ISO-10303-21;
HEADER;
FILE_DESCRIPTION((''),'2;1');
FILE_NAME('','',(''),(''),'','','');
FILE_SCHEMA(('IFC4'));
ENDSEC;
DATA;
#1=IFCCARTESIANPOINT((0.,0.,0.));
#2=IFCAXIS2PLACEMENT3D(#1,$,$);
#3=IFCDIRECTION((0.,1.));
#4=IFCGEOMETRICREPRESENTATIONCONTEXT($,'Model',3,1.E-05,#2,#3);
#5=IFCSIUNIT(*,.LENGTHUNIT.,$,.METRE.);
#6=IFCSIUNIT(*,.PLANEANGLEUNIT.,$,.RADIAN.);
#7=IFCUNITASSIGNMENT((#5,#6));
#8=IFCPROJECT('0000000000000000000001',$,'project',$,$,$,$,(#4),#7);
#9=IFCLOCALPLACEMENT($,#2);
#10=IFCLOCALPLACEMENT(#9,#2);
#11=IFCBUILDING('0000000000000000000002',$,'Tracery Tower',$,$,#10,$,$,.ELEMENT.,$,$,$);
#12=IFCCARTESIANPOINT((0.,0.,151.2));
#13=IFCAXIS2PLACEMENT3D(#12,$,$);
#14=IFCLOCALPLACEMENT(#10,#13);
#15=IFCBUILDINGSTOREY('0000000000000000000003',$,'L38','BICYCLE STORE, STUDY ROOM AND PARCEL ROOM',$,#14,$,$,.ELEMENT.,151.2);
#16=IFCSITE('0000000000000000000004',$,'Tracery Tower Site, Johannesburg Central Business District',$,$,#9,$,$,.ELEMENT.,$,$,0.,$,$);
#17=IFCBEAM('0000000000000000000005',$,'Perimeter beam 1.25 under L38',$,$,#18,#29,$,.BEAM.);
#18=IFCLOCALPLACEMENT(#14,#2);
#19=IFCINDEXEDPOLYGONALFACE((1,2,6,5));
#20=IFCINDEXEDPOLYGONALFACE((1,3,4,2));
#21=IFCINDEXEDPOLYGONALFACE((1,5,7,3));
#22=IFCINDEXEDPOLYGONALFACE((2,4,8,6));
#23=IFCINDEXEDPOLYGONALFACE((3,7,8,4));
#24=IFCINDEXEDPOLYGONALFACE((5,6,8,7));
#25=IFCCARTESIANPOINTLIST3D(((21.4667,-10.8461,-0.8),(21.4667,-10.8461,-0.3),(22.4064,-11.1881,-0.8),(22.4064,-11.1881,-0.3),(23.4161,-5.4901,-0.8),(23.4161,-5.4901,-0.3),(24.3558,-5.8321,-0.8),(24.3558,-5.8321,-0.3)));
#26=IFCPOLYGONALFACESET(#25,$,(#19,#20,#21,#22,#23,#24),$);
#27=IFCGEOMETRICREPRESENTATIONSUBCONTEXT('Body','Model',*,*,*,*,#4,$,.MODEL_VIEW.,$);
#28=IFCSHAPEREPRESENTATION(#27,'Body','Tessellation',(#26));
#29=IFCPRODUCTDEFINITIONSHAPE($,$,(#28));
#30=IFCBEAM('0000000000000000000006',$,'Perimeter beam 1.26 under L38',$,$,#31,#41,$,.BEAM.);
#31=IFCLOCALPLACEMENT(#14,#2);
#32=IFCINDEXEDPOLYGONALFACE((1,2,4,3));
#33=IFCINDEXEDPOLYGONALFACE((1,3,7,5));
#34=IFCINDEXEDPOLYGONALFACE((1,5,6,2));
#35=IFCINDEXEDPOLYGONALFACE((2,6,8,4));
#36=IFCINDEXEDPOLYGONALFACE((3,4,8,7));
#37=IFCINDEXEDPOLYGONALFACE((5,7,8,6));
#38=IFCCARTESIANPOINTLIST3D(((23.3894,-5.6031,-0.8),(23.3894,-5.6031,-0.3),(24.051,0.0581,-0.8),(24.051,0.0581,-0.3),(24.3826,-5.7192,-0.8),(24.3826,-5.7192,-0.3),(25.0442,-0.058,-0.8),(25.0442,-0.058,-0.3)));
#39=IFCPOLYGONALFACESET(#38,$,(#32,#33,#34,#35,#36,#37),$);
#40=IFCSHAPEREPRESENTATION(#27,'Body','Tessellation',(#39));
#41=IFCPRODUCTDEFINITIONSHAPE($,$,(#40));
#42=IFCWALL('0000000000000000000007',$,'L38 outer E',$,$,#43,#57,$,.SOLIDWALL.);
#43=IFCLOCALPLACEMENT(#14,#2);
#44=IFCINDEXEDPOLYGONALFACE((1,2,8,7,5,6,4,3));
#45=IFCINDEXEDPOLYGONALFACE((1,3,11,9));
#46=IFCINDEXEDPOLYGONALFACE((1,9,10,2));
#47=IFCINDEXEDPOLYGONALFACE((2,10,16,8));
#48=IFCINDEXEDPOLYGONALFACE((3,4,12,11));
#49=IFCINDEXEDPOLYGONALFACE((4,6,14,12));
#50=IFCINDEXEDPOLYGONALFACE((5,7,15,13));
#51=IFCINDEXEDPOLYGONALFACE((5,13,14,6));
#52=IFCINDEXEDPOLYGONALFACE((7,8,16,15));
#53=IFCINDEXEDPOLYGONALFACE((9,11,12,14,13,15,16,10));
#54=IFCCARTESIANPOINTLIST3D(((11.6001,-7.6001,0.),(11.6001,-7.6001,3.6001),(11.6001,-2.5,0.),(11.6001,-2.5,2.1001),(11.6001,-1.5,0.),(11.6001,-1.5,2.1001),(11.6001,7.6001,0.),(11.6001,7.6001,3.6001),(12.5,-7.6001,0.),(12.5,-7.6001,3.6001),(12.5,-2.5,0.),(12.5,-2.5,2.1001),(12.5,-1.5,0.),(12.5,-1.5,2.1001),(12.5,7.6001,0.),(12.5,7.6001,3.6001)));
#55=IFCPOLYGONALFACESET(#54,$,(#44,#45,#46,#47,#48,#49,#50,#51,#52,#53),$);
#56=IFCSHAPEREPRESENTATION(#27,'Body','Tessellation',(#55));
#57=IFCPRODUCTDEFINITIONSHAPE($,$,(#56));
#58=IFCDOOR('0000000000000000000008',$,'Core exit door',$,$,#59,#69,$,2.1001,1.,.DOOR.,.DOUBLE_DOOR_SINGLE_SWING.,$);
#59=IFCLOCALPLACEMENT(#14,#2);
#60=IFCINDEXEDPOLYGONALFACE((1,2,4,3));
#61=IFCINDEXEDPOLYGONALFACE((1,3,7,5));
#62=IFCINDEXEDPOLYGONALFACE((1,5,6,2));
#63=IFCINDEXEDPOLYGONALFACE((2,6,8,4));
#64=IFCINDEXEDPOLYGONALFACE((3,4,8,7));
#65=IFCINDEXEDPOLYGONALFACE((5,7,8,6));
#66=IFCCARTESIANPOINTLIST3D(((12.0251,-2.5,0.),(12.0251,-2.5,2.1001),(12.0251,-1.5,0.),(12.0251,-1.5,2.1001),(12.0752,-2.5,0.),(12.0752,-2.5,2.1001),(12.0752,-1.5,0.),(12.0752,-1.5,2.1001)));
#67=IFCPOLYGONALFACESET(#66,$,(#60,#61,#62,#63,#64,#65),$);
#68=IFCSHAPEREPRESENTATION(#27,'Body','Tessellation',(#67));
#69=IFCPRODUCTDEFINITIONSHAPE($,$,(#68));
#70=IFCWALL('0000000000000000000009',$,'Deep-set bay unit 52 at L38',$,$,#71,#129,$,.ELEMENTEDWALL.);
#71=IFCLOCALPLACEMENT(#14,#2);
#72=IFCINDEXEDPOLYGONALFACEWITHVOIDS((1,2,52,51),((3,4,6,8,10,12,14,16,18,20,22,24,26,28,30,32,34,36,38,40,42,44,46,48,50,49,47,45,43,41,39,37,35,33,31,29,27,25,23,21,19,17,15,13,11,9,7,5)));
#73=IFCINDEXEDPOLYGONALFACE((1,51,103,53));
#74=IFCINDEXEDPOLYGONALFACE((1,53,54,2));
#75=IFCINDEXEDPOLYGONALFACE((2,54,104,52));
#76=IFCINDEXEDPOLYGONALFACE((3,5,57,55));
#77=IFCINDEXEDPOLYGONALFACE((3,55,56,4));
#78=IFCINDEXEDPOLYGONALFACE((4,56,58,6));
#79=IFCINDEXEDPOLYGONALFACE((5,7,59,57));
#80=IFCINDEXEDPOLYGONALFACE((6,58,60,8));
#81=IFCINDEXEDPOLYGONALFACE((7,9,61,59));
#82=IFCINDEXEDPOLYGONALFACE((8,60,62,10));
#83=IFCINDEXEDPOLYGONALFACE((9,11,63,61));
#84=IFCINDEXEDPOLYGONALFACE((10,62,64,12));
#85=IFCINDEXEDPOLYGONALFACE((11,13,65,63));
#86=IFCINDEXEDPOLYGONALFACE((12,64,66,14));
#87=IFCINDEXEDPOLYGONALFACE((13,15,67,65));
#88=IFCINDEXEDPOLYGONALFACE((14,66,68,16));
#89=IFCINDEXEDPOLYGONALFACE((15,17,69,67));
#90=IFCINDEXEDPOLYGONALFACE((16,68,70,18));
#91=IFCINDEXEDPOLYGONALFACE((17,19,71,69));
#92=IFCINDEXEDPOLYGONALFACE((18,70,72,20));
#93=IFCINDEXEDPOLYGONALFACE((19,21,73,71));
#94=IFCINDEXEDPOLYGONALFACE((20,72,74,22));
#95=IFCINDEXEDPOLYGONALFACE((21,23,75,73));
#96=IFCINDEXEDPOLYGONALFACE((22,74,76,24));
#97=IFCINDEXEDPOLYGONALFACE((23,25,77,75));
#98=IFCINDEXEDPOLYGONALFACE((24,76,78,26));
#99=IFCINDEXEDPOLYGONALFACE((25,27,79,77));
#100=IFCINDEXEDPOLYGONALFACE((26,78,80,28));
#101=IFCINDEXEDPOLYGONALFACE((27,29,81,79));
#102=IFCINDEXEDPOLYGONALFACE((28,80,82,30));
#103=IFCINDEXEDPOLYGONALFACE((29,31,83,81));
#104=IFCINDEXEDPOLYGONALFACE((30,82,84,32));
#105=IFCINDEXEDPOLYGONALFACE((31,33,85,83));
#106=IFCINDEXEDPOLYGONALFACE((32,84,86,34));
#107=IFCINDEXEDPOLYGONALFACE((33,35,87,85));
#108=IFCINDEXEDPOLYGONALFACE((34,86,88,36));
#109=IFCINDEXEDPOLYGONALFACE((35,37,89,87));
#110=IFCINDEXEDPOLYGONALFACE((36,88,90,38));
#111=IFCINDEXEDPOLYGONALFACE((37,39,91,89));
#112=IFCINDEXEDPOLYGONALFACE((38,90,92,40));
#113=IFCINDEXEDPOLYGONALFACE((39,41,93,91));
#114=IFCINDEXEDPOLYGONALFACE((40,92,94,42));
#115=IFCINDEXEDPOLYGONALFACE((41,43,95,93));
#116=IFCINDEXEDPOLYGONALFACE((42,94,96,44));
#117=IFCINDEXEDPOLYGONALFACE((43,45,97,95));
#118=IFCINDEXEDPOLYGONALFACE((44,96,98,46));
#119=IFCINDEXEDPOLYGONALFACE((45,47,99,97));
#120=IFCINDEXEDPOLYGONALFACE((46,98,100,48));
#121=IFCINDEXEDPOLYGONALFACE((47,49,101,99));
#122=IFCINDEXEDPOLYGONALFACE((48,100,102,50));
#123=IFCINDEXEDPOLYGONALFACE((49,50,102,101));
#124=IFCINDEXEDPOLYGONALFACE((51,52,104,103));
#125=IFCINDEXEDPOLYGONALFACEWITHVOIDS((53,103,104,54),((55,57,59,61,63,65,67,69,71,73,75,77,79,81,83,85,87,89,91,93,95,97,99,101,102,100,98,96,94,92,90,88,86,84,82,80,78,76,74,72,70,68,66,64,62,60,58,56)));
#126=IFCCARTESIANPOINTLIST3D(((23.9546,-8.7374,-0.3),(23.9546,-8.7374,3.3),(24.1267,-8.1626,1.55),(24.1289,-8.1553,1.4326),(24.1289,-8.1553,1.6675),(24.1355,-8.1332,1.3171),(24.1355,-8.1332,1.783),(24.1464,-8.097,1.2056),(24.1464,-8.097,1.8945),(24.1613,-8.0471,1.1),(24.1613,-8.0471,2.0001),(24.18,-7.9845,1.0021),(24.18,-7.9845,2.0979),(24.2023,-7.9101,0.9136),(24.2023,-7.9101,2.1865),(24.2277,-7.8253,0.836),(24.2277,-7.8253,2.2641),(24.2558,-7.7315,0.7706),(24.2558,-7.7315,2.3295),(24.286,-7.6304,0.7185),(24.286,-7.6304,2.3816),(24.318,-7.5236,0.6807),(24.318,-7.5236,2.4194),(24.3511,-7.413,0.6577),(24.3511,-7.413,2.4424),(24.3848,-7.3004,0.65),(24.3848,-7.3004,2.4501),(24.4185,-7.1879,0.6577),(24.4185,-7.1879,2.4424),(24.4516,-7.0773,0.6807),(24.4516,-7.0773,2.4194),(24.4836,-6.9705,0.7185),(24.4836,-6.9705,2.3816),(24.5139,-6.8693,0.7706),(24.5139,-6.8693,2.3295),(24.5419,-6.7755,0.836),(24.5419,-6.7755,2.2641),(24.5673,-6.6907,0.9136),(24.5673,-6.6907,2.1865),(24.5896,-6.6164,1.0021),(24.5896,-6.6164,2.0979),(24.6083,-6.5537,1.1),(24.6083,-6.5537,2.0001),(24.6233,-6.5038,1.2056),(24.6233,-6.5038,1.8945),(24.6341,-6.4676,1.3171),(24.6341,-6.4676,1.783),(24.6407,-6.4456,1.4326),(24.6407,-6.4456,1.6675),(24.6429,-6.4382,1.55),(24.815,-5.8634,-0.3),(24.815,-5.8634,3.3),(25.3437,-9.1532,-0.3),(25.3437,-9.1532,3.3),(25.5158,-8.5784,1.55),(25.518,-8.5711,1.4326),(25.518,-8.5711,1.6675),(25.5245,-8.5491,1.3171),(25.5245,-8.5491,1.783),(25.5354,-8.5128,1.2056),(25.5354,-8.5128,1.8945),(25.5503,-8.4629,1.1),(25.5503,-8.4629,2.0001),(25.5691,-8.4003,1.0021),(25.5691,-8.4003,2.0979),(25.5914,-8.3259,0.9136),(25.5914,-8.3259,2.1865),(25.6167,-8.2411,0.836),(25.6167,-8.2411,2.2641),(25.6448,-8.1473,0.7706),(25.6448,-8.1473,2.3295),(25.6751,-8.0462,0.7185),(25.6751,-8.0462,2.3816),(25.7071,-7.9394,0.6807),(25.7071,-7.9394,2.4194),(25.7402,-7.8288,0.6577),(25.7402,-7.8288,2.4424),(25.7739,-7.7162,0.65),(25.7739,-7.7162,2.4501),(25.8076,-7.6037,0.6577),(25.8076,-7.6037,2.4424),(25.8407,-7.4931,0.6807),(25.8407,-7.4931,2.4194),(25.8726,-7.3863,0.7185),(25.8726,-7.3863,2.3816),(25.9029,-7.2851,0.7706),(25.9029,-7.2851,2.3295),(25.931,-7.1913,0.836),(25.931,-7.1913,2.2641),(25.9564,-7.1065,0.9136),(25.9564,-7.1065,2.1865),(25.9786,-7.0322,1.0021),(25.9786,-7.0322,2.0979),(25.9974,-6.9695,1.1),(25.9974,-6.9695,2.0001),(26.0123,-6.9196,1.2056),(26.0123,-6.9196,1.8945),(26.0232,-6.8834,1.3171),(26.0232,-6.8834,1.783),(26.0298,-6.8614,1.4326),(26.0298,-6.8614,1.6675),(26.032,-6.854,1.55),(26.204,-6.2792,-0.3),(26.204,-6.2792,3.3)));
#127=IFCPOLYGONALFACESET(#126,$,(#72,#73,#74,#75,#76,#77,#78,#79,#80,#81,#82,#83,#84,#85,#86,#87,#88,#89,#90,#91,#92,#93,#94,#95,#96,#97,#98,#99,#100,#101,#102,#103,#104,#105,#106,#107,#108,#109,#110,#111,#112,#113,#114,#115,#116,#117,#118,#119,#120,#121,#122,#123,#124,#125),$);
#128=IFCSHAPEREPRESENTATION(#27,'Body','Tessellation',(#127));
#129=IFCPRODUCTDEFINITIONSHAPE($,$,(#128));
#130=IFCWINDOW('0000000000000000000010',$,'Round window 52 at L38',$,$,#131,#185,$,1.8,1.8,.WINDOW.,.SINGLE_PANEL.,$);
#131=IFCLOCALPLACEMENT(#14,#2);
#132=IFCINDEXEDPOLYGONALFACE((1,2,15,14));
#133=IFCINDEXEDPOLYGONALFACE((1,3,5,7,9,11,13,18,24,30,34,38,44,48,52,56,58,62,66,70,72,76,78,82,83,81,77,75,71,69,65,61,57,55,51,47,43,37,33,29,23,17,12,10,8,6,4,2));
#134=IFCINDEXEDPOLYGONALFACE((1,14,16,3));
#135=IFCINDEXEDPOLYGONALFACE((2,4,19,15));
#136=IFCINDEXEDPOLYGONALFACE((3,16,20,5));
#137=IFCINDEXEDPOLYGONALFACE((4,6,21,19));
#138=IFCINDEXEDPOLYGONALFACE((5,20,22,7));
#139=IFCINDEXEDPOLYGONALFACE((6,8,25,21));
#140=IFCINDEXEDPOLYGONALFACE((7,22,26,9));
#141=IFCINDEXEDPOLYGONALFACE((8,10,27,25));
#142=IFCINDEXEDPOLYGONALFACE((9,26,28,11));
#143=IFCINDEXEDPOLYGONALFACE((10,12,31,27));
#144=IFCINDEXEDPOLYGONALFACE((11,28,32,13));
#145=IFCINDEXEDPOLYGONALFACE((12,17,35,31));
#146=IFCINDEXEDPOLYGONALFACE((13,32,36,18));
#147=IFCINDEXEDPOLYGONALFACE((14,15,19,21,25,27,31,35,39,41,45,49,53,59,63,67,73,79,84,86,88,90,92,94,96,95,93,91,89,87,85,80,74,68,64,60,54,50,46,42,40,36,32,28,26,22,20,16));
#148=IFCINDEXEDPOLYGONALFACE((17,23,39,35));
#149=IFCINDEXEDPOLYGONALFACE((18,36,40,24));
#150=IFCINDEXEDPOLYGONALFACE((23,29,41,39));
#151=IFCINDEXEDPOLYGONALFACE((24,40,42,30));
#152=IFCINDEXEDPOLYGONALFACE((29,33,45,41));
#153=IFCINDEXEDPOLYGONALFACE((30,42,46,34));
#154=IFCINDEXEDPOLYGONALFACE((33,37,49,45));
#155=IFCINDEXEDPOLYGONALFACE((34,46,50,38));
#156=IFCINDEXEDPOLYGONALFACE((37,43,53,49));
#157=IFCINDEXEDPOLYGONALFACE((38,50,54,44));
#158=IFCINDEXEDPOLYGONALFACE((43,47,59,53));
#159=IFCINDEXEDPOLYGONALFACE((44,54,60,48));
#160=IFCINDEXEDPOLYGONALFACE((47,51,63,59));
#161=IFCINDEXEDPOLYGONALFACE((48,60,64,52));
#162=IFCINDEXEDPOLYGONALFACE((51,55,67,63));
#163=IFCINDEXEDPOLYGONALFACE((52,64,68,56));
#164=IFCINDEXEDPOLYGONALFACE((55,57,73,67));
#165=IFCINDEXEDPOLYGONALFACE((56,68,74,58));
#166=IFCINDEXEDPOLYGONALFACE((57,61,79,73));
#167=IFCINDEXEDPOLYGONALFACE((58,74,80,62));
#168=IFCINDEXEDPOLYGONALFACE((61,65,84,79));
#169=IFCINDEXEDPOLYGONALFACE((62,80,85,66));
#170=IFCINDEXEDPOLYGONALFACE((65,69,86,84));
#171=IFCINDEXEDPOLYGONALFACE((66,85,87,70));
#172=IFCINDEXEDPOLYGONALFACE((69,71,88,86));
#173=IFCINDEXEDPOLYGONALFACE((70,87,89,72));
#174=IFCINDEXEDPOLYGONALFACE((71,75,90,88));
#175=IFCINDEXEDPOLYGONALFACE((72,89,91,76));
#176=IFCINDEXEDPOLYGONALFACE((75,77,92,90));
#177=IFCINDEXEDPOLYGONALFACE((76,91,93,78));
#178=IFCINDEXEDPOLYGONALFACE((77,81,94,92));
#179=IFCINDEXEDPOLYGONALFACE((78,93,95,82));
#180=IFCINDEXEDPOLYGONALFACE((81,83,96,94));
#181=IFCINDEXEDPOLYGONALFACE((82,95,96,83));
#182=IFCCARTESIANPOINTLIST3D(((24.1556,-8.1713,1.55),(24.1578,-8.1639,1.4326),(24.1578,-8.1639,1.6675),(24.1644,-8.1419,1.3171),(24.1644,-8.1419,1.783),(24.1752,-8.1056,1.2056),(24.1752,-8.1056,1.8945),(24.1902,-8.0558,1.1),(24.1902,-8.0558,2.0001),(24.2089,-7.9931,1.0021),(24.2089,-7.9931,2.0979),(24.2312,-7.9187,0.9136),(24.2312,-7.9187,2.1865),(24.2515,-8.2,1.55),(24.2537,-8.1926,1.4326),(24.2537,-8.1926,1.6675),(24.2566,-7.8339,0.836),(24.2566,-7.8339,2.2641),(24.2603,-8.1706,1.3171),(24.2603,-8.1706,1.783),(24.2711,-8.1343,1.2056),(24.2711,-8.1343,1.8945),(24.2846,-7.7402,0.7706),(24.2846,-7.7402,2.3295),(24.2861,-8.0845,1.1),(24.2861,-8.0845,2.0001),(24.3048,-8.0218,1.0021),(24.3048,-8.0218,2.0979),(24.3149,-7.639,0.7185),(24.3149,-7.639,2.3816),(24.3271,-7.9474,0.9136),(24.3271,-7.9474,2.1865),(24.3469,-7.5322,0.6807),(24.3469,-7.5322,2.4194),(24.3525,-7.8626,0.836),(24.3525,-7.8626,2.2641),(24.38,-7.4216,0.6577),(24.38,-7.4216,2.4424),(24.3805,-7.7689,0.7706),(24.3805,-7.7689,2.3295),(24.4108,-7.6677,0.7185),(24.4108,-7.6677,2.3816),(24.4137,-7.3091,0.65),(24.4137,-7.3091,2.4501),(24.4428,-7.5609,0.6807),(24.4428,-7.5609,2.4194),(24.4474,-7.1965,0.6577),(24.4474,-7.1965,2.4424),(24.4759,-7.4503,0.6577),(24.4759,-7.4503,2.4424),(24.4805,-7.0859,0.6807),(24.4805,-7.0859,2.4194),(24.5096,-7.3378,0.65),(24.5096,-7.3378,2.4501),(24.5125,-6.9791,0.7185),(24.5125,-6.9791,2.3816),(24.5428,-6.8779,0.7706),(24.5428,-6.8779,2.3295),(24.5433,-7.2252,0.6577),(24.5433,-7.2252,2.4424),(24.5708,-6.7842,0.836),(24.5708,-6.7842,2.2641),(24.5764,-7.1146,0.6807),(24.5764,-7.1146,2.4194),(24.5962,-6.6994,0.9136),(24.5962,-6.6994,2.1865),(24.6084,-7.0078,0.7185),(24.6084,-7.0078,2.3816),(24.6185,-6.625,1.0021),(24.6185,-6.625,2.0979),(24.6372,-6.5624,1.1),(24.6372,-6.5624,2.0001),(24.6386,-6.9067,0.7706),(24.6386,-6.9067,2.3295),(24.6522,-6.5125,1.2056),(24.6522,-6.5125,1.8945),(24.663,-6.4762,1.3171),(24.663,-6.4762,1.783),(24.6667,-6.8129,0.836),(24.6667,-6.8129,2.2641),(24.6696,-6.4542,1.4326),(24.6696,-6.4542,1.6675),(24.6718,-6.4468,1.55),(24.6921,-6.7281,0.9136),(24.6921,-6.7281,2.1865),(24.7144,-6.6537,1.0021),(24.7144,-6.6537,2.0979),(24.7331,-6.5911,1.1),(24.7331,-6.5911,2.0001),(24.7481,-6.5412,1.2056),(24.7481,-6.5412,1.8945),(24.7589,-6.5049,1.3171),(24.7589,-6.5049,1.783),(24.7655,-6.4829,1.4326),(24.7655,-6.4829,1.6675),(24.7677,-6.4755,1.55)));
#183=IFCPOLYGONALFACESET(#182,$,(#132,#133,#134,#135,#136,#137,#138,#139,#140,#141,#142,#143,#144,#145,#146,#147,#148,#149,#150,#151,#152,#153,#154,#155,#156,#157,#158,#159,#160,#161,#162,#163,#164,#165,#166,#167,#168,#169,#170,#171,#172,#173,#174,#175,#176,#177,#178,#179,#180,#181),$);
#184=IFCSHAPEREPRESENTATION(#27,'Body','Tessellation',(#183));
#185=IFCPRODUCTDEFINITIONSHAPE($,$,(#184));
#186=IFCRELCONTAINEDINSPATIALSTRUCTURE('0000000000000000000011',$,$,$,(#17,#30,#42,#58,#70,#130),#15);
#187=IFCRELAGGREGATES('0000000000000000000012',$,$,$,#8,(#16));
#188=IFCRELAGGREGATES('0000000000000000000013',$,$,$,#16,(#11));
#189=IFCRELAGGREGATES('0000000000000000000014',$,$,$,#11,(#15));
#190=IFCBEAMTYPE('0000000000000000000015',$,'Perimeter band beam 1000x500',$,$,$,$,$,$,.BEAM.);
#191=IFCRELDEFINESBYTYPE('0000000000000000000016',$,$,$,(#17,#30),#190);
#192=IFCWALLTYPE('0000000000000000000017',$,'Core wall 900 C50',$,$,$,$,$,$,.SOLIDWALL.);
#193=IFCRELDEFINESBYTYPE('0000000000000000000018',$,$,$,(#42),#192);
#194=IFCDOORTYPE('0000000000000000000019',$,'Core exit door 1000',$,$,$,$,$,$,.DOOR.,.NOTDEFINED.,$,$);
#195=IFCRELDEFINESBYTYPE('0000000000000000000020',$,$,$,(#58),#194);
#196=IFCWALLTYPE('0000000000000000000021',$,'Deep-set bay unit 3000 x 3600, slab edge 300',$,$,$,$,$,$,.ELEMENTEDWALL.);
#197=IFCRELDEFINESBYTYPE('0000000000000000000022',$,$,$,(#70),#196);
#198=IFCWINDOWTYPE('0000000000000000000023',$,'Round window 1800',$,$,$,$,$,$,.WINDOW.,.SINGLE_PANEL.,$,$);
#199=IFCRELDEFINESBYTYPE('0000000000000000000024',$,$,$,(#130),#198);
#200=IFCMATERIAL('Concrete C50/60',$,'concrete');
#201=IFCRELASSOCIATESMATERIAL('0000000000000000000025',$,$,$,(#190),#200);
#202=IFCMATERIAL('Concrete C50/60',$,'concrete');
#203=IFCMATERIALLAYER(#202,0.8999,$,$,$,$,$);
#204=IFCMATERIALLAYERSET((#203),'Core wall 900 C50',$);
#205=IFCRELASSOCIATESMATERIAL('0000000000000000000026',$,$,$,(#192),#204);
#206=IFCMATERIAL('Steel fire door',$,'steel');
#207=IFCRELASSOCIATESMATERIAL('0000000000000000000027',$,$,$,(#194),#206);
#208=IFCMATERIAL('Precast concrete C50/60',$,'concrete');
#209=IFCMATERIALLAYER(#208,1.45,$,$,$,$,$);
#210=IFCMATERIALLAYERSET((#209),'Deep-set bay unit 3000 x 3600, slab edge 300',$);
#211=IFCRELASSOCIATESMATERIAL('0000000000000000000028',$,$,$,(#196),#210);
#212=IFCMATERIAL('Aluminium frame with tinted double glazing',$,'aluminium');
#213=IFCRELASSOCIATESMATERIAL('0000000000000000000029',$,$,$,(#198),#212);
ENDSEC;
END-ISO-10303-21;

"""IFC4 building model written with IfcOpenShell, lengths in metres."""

from ifc_helpers import new_model, si_unit, direction, frame, frame_2d, origin, origin_2d, place, context, subcontext, project, spatial, rectangle, circle, extrude, material, layer, layer_set, material_profile, profile_set, type_object, element, fill, save


model = new_model("IFC4")

# Units and contexts
model_context = context("Model", 3, precision=1e-05, world=origin(), true_north=direction((0.0, 1.0)))
body_context = subcontext(model_context, "Body", "Model", "MODEL_VIEW")
ifc_project = project(units=[si_unit("LENGTHUNIT", "METRE"), si_unit("PLANEANGLEUNIT", "RADIAN")], contexts=[model_context])

# Site, building, storey
site_placement = place(None, origin())
site = spatial("IfcSite", under=ifc_project, at=site_placement, Name="Tracery Tower Site, Johannesburg Central Business District", CompositionType="ELEMENT", RefElevation=0.0)
building_placement = place(site_placement, origin())
building = spatial("IfcBuilding", under=site, at=building_placement, Name="Tracery Tower", CompositionType="ELEMENT")
storey_placement = place(building_placement, frame((0.0, 0.0, 151.2)))
storey = spatial("IfcBuildingStorey", under=building, at=storey_placement, Name="L38", Description="BICYCLE STORE, STUDY ROOM AND PARCEL ROOM", CompositionType="ELEMENT", Elevation=151.2)

# Beams
ifc_material_1 = material(Name="Concrete C50/60", Category="concrete")
ifc_material_profile_1 = material_profile(ifc_material_1, rectangle(XDim=1.0, YDim=0.5, at=origin_2d()), Name="RC 1000x500")
ifc_profile_set_1 = profile_set([ifc_material_profile_1], Name="Concrete C50/60")
beam_type = type_object("IfcBeamType", Name="Perimeter band beam 1000x500", PredefinedType="BEAM", material=ifc_profile_set_1)
for number, where, z_axis, x_axis, name in (
    (1, (21.9365, -11.0171, -0.55), (0.342029, 0.93969, 0.0), (-0.93969, 0.342029, 0.0), "Perimeter beam 1.25 under L38"),
    (2, (23.886, -5.6611, -0.55), (0.116081, 0.99324, 0.0), (-0.99324, 0.116081, 0.0), "Perimeter beam 1.26 under L38"),
):
    element("IfcBeam", number, at=place(storey_placement, frame(where, z_axis=z_axis, x_axis=x_axis)), inside=storey, type_object=beam_type, Name=name, PredefinedType="BEAM", context=body_context, shape_type="SweptSolid", body=[
        extrude(rectangle(XDim=1.0, YDim=0.5, at=origin_2d()), origin(), (0.0, 0.0, 1.0), 5.6997),
    ])

# Wall, opening, door
ifc_material_2 = material(Name="Concrete C50/60", Category="concrete")
ifc_layer_1 = layer(ifc_material_2, 0.8999)
ifc_layer_set_1 = layer_set([ifc_layer_1], Name="Core wall 900 C50")
wall_type_1 = type_object("IfcWallType", Name="Core wall 900 C50", PredefinedType="SOLIDWALL", material=ifc_layer_set_1)
wall_1_placement = place(storey_placement, frame((12.05, -7.6001, 0.0), z_axis=(0.0, 0.0, 1.0), x_axis=(0.0, 1.0, 0.0)))
wall_1 = element("IfcWall", 3, at=wall_1_placement, inside=storey, type_object=wall_type_1, Name="L38 outer E", PredefinedType="SOLIDWALL", context=body_context, shape_type="SweptSolid", body=[
    extrude(rectangle(XDim=15.2002, YDim=0.8999, at=frame_2d((7.6001, 0.0))), origin(), (0.0, 0.0, 1.0), 3.6001),
])
opening_1_placement = place(wall_1_placement, frame((5.1001, 0.0, 0.0)))
opening_1 = element("IfcOpeningElement", 4, at=opening_1_placement, cuts=wall_1, PredefinedType="OPENING", context=body_context, shape_type="SweptSolid", body=[
    extrude(rectangle(XDim=1.0, YDim=2.1001, at=frame_2d((0.5, 1.05))), frame((0.0, 0.45, 0.0), z_axis=(0.0, -1.0, 0.0), x_axis=(1.0, 0.0, 0.0)), (0.0, 0.0, 1.0), 0.8999),
])
ifc_material_3 = material(Name="Steel fire door", Category="steel")
door_type_1 = type_object("IfcDoorType", Name="Core exit door 1000", OperationType="NOTDEFINED", PredefinedType="DOOR", material=ifc_material_3)
door_1_placement = place(opening_1_placement, origin())
door_1 = element("IfcDoor", 5, at=door_1_placement, inside=storey, type_object=door_type_1, Name="Core exit door", OperationType="DOUBLE_DOOR_SINGLE_SWING", OverallHeight=2.1001, OverallWidth=1.0, PredefinedType="DOOR", context=body_context, shape_type="SweptSolid", body=[
    extrude(rectangle(XDim=1.0, YDim=2.1001, at=frame_2d((0.5, 1.05))), frame((0.0, 0.0249, 0.0), z_axis=(0.0, -1.0, 0.0), x_axis=(1.0, 0.0, 0.0)), (0.0, 0.0, 1.0), 0.05),
])
fill(opening_1, door_1)

# Wall, opening, window
ifc_material_4 = material(Name="Precast concrete C50/60", Category="concrete")
ifc_layer_2 = layer(ifc_material_4, 1.45)
ifc_layer_set_2 = layer_set([ifc_layer_2], Name="Deep-set bay unit 3000 x 3600, slab edge 300")
wall_type_2 = type_object("IfcWallType", Name="Deep-set bay unit 3000 x 3600, slab edge 300", PredefinedType="ELEMENTEDWALL", material=ifc_layer_set_2)
wall_2_placement = place(storey_placement, frame((24.6492, -8.9453, -0.3), z_axis=(0.0, 0.0, 1.0), x_axis=(0.28678, 0.957996, 0.0)))
wall_2 = element("IfcWall", 6, at=wall_2_placement, inside=storey, type_object=wall_type_2, Name="Deep-set bay unit 52 at L38", PredefinedType="ELEMENTEDWALL", context=body_context, shape_type="SweptSolid", body=[
    extrude(rectangle(XDim=3.0, YDim=1.45, at=frame_2d((1.5, 0.0))), origin(), (0.0, 0.0, 1.0), 3.6001),
])
opening_2_placement = place(wall_2_placement, frame((1.5, 0.0, 1.8501)))
opening_2 = element("IfcOpeningElement", 7, at=opening_2_placement, cuts=wall_2, PredefinedType="OPENING", context=body_context, shape_type="SweptSolid", body=[
    extrude(circle(Radius=0.9, at=origin_2d()), frame((0.0, 0.7349, 0.0), z_axis=(0.0, -1.0, 0.0), x_axis=(1.0, 0.0, 0.0)), (0.0, 0.0, 1.0), 1.47),
])
ifc_material_5 = material(Name="Aluminium frame with tinted double glazing", Category="aluminium")
window_type = type_object("IfcWindowType", Name="Round window 1800", PartitioningType="SINGLE_PANEL", PredefinedType="WINDOW", material=ifc_material_5)
window_1_placement = place(opening_2_placement, origin())
window_1 = element("IfcWindow", 8, at=window_1_placement, inside=storey, type_object=window_type, Name="Round window 52 at L38", OverallHeight=1.8, OverallWidth=1.8, PartitioningType="SINGLE_PANEL", PredefinedType="WINDOW", context=body_context, shape_type="SweptSolid", body=[
    extrude(circle(Radius=0.9, at=origin_2d()), frame((0.0, 0.6948, 0.0), z_axis=(0.0, -1.0, 0.0), x_axis=(1.0, 0.0, 0.0)), (0.0, 0.0, 1.0), 0.1001),
])
fill(opening_2, window_1)

save(model, "model.ifc")
